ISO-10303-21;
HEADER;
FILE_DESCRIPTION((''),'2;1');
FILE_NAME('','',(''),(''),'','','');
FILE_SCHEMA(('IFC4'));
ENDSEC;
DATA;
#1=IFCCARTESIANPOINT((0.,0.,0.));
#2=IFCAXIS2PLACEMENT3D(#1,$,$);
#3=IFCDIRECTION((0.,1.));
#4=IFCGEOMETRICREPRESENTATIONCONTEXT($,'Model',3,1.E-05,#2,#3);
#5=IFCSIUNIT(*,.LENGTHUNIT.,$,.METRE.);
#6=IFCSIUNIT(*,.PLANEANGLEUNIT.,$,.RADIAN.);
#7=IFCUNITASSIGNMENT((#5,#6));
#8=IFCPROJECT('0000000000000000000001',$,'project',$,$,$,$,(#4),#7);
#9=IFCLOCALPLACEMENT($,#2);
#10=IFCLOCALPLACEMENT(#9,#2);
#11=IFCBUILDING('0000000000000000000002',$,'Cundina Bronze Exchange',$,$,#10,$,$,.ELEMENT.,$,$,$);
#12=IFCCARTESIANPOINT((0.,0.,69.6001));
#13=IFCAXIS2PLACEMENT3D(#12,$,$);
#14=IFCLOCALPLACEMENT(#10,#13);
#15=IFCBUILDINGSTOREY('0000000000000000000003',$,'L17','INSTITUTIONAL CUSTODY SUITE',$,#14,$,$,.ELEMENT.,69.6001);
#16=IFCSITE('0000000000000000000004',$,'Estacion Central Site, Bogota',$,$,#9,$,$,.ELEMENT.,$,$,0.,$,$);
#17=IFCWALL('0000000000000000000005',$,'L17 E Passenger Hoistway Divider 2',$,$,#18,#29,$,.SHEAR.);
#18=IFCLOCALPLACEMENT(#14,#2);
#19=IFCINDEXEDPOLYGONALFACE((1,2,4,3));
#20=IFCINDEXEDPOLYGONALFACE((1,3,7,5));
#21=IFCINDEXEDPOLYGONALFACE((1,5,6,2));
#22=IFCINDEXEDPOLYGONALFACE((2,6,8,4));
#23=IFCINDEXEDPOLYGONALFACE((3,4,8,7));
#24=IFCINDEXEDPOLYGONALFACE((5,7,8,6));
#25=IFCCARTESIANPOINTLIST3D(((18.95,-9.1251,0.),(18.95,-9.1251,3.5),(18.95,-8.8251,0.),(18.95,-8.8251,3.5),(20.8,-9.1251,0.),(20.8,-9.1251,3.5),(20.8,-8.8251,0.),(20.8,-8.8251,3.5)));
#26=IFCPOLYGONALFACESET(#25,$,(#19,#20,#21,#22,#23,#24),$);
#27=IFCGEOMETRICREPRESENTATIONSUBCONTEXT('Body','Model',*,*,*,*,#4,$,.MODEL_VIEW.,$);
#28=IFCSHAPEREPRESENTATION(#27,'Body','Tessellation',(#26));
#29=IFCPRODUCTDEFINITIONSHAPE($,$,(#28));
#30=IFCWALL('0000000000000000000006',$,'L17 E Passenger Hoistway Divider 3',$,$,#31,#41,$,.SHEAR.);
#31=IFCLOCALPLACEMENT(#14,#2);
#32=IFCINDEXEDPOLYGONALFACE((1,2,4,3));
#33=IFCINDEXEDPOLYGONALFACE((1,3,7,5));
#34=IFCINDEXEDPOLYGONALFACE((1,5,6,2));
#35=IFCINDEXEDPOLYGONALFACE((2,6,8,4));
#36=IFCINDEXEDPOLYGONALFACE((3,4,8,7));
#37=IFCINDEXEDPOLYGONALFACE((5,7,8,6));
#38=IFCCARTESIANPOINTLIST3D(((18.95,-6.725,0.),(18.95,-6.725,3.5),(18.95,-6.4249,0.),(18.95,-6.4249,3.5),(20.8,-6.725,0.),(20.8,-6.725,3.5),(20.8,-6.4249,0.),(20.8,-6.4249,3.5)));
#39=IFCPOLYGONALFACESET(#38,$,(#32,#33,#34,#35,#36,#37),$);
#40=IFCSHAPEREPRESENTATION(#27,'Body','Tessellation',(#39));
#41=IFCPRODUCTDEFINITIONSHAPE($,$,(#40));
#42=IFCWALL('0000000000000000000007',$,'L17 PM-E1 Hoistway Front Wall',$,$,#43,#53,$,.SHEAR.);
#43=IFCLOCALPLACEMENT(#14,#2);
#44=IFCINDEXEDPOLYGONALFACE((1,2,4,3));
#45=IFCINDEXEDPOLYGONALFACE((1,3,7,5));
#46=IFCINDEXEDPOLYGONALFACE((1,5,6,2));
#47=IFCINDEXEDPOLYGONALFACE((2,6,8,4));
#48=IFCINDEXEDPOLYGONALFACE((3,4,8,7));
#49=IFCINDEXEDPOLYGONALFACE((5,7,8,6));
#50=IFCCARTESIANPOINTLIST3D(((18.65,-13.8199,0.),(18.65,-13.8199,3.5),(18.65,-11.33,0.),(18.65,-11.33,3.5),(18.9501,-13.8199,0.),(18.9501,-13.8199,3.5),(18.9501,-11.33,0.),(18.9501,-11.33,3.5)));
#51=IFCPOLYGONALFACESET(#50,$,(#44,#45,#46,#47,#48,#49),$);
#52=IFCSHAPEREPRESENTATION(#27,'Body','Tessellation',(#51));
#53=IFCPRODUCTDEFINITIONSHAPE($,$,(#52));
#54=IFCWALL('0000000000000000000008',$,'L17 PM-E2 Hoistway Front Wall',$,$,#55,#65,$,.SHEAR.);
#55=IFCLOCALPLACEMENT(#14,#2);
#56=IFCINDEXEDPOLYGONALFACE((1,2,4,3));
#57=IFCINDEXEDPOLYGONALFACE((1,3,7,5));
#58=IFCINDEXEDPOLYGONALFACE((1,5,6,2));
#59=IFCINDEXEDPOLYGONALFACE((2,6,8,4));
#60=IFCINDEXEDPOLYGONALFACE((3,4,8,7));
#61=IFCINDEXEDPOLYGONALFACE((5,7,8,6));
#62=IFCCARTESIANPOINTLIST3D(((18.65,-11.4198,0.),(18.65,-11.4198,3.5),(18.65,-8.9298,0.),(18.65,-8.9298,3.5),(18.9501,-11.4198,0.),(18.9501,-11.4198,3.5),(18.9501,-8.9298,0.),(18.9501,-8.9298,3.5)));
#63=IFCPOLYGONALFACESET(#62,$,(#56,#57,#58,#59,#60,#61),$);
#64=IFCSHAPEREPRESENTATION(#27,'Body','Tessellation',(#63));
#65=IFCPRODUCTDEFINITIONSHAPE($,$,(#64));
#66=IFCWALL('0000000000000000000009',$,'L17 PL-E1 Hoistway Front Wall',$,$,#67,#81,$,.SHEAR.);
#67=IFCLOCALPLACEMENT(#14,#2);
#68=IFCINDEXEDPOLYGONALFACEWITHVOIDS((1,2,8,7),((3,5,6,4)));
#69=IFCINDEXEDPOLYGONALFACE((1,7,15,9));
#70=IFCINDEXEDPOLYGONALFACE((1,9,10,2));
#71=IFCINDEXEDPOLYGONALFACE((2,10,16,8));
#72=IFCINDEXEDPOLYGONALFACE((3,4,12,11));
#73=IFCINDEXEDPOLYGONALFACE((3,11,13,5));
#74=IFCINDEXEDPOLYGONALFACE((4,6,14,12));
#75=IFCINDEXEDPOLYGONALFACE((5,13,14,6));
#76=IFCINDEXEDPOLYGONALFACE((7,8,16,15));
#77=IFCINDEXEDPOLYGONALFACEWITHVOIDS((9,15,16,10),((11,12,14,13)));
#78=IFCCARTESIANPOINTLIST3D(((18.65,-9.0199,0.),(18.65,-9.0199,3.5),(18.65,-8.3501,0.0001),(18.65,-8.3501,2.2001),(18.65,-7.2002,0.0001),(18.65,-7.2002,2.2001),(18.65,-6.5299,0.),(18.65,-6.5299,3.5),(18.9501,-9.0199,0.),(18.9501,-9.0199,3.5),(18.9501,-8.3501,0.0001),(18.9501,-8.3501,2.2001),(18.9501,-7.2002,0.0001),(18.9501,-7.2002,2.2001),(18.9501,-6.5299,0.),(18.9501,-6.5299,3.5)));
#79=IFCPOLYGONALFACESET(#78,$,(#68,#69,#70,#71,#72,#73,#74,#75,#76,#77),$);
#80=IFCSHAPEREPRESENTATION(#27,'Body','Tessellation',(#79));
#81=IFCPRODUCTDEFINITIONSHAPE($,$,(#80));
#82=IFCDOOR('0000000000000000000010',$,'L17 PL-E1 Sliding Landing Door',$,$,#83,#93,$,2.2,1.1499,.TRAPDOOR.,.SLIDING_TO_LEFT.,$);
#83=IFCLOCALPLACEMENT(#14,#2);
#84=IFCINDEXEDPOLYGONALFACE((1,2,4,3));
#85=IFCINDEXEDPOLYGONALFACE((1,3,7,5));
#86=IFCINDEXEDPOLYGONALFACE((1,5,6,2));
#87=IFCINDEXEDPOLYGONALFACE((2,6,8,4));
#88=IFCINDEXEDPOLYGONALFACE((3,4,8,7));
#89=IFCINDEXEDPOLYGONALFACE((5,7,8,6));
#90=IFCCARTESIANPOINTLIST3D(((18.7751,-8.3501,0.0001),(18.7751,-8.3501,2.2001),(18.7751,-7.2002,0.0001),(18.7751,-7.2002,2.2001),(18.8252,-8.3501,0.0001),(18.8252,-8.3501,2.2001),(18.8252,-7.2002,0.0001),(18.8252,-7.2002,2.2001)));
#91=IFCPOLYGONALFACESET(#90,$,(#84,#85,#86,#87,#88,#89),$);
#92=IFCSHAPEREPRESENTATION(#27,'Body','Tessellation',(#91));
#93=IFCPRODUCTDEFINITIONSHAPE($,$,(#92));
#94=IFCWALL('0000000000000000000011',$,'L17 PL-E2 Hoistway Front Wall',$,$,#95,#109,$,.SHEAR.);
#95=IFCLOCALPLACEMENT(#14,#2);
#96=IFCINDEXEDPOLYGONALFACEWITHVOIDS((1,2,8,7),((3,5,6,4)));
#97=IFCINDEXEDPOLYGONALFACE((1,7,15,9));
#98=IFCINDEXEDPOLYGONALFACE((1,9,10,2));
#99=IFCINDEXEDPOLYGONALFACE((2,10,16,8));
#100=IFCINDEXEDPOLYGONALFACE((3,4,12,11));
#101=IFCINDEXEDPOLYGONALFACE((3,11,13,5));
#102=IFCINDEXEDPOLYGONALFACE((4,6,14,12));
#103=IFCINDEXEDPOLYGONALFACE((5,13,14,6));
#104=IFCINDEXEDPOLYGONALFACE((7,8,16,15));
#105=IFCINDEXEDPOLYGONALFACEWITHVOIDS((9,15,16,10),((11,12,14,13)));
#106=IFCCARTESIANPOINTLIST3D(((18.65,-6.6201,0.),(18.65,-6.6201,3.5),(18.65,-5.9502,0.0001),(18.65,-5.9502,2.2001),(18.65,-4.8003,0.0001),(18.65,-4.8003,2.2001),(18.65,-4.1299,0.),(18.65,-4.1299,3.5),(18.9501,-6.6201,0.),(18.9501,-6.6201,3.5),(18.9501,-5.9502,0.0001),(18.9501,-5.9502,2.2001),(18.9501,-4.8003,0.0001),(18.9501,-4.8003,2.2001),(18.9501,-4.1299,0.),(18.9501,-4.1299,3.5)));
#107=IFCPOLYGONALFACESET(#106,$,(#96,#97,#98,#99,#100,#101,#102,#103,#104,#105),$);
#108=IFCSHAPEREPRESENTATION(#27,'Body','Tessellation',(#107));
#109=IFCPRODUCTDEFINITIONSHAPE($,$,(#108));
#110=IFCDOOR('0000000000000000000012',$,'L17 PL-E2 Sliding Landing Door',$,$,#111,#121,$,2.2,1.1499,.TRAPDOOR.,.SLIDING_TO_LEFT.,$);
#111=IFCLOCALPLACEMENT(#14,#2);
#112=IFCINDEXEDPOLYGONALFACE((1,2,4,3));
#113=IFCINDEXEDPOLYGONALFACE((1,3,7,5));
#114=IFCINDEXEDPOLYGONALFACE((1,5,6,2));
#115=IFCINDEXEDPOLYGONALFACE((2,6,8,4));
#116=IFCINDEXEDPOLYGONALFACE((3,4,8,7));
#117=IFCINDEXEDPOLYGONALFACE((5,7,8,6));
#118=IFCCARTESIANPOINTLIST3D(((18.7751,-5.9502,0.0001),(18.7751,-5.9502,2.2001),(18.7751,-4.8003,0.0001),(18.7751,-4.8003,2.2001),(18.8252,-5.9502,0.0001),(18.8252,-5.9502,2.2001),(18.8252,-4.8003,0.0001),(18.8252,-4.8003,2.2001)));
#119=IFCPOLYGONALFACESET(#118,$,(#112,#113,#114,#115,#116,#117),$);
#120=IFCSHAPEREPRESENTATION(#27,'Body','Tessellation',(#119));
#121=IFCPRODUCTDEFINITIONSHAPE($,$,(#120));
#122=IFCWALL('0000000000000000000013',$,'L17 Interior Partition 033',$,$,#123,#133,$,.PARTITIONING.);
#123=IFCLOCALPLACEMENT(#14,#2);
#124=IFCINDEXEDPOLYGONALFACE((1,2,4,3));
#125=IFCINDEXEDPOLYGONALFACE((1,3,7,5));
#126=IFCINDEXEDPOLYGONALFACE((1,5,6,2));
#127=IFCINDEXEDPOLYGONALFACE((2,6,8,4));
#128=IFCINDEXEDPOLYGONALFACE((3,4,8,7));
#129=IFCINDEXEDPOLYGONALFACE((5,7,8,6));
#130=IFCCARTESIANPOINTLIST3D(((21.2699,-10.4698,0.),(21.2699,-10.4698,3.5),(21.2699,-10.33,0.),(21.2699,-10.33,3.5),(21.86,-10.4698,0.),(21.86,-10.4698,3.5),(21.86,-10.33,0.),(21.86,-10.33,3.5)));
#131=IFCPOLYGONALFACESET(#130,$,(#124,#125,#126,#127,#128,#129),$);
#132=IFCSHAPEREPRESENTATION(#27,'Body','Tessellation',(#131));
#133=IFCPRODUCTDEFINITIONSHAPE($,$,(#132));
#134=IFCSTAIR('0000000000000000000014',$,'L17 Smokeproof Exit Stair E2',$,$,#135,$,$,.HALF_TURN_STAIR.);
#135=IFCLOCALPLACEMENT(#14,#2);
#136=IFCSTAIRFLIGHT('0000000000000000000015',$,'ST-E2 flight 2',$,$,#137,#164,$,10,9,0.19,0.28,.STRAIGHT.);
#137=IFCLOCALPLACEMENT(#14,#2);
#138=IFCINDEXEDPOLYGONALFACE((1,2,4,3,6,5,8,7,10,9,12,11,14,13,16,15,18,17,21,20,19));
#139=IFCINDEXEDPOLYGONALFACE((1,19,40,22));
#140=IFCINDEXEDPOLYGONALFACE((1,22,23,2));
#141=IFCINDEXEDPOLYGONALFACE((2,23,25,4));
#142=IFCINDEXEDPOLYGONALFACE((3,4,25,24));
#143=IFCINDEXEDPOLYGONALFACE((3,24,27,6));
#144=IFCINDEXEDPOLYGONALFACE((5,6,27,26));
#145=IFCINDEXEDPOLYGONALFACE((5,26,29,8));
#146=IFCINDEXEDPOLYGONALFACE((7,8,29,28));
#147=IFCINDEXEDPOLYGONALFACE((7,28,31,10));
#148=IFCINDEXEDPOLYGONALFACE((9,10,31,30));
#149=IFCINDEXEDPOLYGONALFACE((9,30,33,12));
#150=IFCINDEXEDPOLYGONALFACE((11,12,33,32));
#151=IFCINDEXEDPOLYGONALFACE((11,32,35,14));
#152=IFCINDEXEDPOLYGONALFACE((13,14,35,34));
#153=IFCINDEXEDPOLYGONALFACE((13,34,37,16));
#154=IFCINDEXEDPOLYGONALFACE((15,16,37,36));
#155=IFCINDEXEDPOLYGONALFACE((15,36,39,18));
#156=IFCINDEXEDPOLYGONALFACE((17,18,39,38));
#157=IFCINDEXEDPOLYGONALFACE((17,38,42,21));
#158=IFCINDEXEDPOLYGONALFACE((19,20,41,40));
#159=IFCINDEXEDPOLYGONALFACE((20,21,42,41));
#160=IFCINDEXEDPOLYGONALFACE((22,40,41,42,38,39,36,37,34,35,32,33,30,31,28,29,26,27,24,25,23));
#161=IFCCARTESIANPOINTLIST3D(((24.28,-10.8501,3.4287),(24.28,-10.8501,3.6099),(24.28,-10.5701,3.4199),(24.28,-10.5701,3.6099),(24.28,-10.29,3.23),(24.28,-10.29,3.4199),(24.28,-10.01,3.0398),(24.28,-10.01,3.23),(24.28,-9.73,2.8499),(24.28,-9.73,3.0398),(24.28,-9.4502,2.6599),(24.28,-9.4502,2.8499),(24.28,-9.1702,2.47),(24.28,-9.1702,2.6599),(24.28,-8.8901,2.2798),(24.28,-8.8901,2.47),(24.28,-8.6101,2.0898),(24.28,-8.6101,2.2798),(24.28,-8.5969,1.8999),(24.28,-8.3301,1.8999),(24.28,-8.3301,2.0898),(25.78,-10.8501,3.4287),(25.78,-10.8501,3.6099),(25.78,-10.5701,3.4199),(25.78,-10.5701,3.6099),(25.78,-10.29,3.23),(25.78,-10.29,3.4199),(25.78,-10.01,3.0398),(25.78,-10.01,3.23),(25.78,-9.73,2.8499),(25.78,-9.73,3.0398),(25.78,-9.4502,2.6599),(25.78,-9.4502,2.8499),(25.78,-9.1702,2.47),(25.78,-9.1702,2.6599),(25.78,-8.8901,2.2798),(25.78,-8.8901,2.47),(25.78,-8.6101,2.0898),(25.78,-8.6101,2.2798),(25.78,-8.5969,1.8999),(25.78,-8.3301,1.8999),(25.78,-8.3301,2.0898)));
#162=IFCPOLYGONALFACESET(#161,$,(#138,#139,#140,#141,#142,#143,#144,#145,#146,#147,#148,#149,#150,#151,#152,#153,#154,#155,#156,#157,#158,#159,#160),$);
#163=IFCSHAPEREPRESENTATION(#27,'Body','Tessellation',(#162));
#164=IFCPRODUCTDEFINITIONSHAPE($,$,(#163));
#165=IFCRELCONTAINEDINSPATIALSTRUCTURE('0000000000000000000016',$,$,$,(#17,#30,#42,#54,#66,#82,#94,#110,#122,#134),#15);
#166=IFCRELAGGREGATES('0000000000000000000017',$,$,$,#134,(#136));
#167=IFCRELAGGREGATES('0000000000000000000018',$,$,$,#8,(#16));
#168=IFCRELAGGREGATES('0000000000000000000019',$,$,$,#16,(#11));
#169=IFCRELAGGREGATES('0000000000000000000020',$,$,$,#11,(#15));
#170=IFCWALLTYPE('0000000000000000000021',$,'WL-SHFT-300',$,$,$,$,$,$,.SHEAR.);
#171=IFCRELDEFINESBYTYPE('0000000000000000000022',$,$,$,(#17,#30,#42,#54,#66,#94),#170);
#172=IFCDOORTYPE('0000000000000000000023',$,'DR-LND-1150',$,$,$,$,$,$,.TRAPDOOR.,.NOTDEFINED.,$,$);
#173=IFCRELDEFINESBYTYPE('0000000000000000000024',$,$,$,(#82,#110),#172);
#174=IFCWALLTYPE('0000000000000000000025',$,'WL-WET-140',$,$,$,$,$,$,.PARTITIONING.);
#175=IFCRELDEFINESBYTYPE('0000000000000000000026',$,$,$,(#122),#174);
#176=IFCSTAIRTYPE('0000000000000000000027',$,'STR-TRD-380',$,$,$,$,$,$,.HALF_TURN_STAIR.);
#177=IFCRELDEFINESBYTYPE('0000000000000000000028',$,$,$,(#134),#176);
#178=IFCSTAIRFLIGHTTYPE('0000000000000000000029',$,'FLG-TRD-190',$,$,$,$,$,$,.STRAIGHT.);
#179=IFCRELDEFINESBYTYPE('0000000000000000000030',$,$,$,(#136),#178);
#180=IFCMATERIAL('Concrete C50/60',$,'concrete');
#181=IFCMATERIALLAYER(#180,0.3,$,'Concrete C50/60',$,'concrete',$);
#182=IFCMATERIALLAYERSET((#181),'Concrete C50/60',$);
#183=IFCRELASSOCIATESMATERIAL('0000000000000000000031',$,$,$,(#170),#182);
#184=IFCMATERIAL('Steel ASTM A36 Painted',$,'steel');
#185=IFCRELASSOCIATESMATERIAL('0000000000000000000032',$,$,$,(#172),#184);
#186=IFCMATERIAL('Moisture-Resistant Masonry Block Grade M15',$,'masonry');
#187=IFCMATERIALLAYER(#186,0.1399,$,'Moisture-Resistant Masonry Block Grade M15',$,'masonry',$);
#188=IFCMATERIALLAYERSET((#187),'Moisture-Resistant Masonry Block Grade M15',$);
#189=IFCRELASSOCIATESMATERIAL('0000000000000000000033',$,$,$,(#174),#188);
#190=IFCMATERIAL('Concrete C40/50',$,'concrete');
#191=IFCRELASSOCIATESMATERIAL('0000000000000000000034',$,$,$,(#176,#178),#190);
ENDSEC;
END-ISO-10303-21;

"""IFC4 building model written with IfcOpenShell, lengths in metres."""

from ifc_helpers import new_model, si_unit, direction, frame, frame_2d, origin, place, context, subcontext, project, spatial, polyline, rectangle, outline, extrude, material, layer, layer_set, type_object, element, fill, aggregate, save


model = new_model("IFC4")

# Units and contexts
model_context = context("Model", 3, precision=1e-05, world=origin(), true_north=direction((0.0, 1.0)))
body_context = subcontext(model_context, "Body", "Model", "MODEL_VIEW")
ifc_project = project(units=[si_unit("LENGTHUNIT", "METRE"), si_unit("PLANEANGLEUNIT", "RADIAN")], contexts=[model_context])

# Site, building, storey
site_placement = place(None, origin())
site = spatial("IfcSite", under=ifc_project, at=site_placement, Name="Estacion Central Site, Bogota", CompositionType="ELEMENT", RefElevation=0.0)
building_placement = place(site_placement, origin())
building = spatial("IfcBuilding", under=site, at=building_placement, Name="Cundina Bronze Exchange", CompositionType="ELEMENT")
storey_placement = place(building_placement, frame((0.0, 0.0, 69.6001)))
storey = spatial("IfcBuildingStorey", under=building, at=storey_placement, Name="L17", Description="INSTITUTIONAL CUSTODY SUITE", CompositionType="ELEMENT", Elevation=69.6001)

# Shared definitions
ifc_material_1 = material(Name="Concrete C50/60", Category="concrete")
ifc_layer_1 = layer(ifc_material_1, 0.3, Name="Concrete C50/60", Category="concrete")
ifc_layer_set_1 = layer_set([ifc_layer_1], Name="Concrete C50/60")
wall_type_1 = type_object("IfcWallType", Name="WL-SHFT-300", PredefinedType="SHEAR", material=ifc_layer_set_1)

# Shared definitions
ifc_material_2 = material(Name="Steel ASTM A36 Painted", Category="steel")
door_type_1 = type_object("IfcDoorType", Name="DR-LND-1150", OperationType="NOTDEFINED", PredefinedType="TRAPDOOR", material=ifc_material_2)

# Walls
for number, where, z_axis, x_axis, name in (
    (1, (18.95, -8.9751, 0.0), (0.0, 0.0, 1.0), (1.0, 0.0, 0.0), "L17 E Passenger Hoistway Divider 2"),
    (2, (18.95, -6.575, 0.0), (0.0, 0.0, 1.0), (1.0, 0.0, 0.0), "L17 E Passenger Hoistway Divider 3"),
):
    element("IfcWall", number, at=place(storey_placement, frame(where, z_axis=z_axis, x_axis=x_axis)), inside=storey, type_object=wall_type_1, Name=name, PredefinedType="SHEAR", context=body_context, shape_type="SweptSolid", body=[
        extrude(rectangle(XDim=1.8501, YDim=0.3, at=frame_2d((0.925, 0.0))), origin(), (0.0, 0.0, 1.0), 3.5),
    ])
for number, where, z_axis, x_axis, name in (
    (3, (18.8, -13.8201, 0.0), (0.0, 0.0, 1.0), (0.0, 1.0, 0.0), "L17 PM-E1 Hoistway Front Wall"),
    (4, (18.8, -11.4199, 0.0), (0.0, 0.0, 1.0), (0.0, 1.0, 0.0), "L17 PM-E2 Hoistway Front Wall"),
):
    element("IfcWall", number, at=place(storey_placement, frame(where, z_axis=z_axis, x_axis=x_axis)), inside=storey, type_object=wall_type_1, Name=name, PredefinedType="SHEAR", context=body_context, shape_type="SweptSolid", body=[
        extrude(rectangle(XDim=2.49, YDim=0.3, at=frame_2d((1.2451, 0.0))), origin(), (0.0, 0.0, 1.0), 3.5),
    ])

# Walls, openings, doors
wall_1_placement = place(storey_placement, frame((18.8, -9.02, 0.0), z_axis=(0.0, 0.0, 1.0), x_axis=(0.0, 1.0, 0.0)))
wall_1 = element("IfcWall", 5, at=wall_1_placement, inside=storey, type_object=wall_type_1, Name="L17 PL-E1 Hoistway Front Wall", PredefinedType="SHEAR", context=body_context, shape_type="SweptSolid", body=[
    extrude(rectangle(XDim=2.49, YDim=0.3, at=frame_2d((1.2451, 0.0))), origin(), (0.0, 0.0, 1.0), 3.5),
])
opening_1_placement = place(wall_1_placement, frame((0.6699, 0.0, 0.0)))
opening_1 = element("IfcOpeningElement", 6, at=opening_1_placement, cuts=wall_1, PredefinedType="OPENING", context=body_context, shape_type="SweptSolid", body=[
    extrude(rectangle(XDim=1.1499, YDim=2.2, at=frame_2d((0.575, 1.1001))), frame((0.0, 0.1599, 0.0), z_axis=(0.0, -1.0, 0.0), x_axis=(1.0, 0.0, 0.0)), (0.0, 0.0, 1.0), 0.3201),
])
door_1_placement = place(opening_1_placement, origin())
door_1 = element("IfcDoor", 7, at=door_1_placement, inside=storey, type_object=door_type_1, Name="L17 PL-E1 Sliding Landing Door", OperationType="SLIDING_TO_LEFT", OverallHeight=2.2, OverallWidth=1.1499, PredefinedType="TRAPDOOR", context=body_context, shape_type="SweptSolid", body=[
    extrude(rectangle(XDim=1.1499, YDim=2.2, at=frame_2d((0.575, 1.1001))), frame((0.0, 0.0249, 0.0), z_axis=(0.0, -1.0, 0.0), x_axis=(1.0, 0.0, 0.0)), (0.0, 0.0, 1.0), 0.05),
])
fill(opening_1, door_1)
wall_2_placement = place(storey_placement, frame((18.8, -6.6201, 0.0), z_axis=(0.0, 0.0, 1.0), x_axis=(0.0, 1.0, 0.0)))
wall_2 = element("IfcWall", 8, at=wall_2_placement, inside=storey, type_object=wall_type_1, Name="L17 PL-E2 Hoistway Front Wall", PredefinedType="SHEAR", context=body_context, shape_type="SweptSolid", body=[
    extrude(rectangle(XDim=2.4902, YDim=0.3, at=frame_2d((1.2451, 0.0))), origin(), (0.0, 0.0, 1.0), 3.5),
])
opening_2_placement = place(wall_2_placement, frame((0.6699, 0.0, 0.0)))
opening_2 = element("IfcOpeningElement", 9, at=opening_2_placement, cuts=wall_2, PredefinedType="OPENING", context=body_context, shape_type="SweptSolid", body=[
    extrude(rectangle(XDim=1.1499, YDim=2.2, at=frame_2d((0.575, 1.1001))), frame((0.0, 0.1599, 0.0), z_axis=(0.0, -1.0, 0.0), x_axis=(1.0, 0.0, 0.0)), (0.0, 0.0, 1.0), 0.3201),
])
door_2_placement = place(opening_2_placement, origin())
door_2 = element("IfcDoor", 10, at=door_2_placement, inside=storey, type_object=door_type_1, Name="L17 PL-E2 Sliding Landing Door", OperationType="SLIDING_TO_LEFT", OverallHeight=2.2, OverallWidth=1.1499, PredefinedType="TRAPDOOR", context=body_context, shape_type="SweptSolid", body=[
    extrude(rectangle(XDim=1.1499, YDim=2.2, at=frame_2d((0.575, 1.1001))), frame((0.0, 0.0249, 0.0), z_axis=(0.0, -1.0, 0.0), x_axis=(1.0, 0.0, 0.0)), (0.0, 0.0, 1.0), 0.05),
])
fill(opening_2, door_2)

# Wall
ifc_material_3 = material(Name="Moisture-Resistant Masonry Block Grade M15", Category="masonry")
ifc_layer_2 = layer(ifc_material_3, 0.1399, Name="Moisture-Resistant Masonry Block Grade M15", Category="masonry")
ifc_layer_set_2 = layer_set([ifc_layer_2], Name="Moisture-Resistant Masonry Block Grade M15")
wall_type_2 = type_object("IfcWallType", Name="WL-WET-140", PredefinedType="PARTITIONING", material=ifc_layer_set_2)
wall_3_placement = place(storey_placement, frame((21.27, -10.3999, 0.0), z_axis=(0.0, 0.0, 1.0), x_axis=(1.0, 0.0, 0.0)))
element("IfcWall", 11, at=wall_3_placement, inside=storey, type_object=wall_type_2, Name="L17 Interior Partition 033", PredefinedType="PARTITIONING", context=body_context, shape_type="SweptSolid", body=[
    extrude(rectangle(XDim=0.5901, YDim=0.1399, at=frame_2d((0.2949, 0.0))), origin(), (0.0, 0.0, 1.0), 3.5),
])

# Stair, stair flight
ifc_material_4 = material(Name="Concrete C40/50", Category="concrete")
stair_type = type_object("IfcStairType", Name="STR-TRD-380", PredefinedType="HALF_TURN_STAIR", material=ifc_material_4)
stair_placement = place(storey_placement, origin())
stair = element("IfcStair", 12, at=stair_placement, inside=storey, type_object=stair_type, Name="L17 Smokeproof Exit Stair E2", PredefinedType="HALF_TURN_STAIR")
stair_flight_type = type_object("IfcStairFlightType", Name="FLG-TRD-190", PredefinedType="STRAIGHT", material=ifc_material_4)
stair_flight_placement = place(storey_placement, frame((25.03, -8.3301, 1.8999), z_axis=(0.0, 0.0, 1.0), x_axis=(0.0, -1.0, 0.0)))
stair_flight = element("IfcStairFlight", 13, at=stair_flight_placement, type_object=stair_flight_type, Name="ST-E2 flight 2", NumberOfRisers=10, NumberOfTreads=9, PredefinedType="STRAIGHT", RiserHeight=0.19, TreadLength=0.28, context=body_context, shape_type="SweptSolid", body=[
    extrude(outline(polyline([(0.0, 0.0), (0.0, 0.1899), (0.28, 0.1899), (0.28, 0.3799), (0.5601, 0.3799), (0.5601, 0.5701), (0.8401, 0.5701), (0.8401, 0.76), (1.1201, 0.76), (1.1201, 0.95), (1.3999, 0.95), (1.3999, 1.1399), (1.6799, 1.1399), (1.6799, 1.3301), (1.96, 1.3301), (1.96, 1.52), (2.24, 1.52), (2.24, 1.71), (2.52, 1.71), (2.52, 1.8999), (2.52, 1.5288), (0.2668, 0.0), (0.0, 0.0)])), frame((0.0, 0.75, 0.0), z_axis=(0.0, -1.0, 0.0), x_axis=(1.0, 0.0, 0.0)), (0.0, 0.0, 1.0), 1.5),
])
aggregate(stair, [stair_flight])

save(model, "model.ifc")
